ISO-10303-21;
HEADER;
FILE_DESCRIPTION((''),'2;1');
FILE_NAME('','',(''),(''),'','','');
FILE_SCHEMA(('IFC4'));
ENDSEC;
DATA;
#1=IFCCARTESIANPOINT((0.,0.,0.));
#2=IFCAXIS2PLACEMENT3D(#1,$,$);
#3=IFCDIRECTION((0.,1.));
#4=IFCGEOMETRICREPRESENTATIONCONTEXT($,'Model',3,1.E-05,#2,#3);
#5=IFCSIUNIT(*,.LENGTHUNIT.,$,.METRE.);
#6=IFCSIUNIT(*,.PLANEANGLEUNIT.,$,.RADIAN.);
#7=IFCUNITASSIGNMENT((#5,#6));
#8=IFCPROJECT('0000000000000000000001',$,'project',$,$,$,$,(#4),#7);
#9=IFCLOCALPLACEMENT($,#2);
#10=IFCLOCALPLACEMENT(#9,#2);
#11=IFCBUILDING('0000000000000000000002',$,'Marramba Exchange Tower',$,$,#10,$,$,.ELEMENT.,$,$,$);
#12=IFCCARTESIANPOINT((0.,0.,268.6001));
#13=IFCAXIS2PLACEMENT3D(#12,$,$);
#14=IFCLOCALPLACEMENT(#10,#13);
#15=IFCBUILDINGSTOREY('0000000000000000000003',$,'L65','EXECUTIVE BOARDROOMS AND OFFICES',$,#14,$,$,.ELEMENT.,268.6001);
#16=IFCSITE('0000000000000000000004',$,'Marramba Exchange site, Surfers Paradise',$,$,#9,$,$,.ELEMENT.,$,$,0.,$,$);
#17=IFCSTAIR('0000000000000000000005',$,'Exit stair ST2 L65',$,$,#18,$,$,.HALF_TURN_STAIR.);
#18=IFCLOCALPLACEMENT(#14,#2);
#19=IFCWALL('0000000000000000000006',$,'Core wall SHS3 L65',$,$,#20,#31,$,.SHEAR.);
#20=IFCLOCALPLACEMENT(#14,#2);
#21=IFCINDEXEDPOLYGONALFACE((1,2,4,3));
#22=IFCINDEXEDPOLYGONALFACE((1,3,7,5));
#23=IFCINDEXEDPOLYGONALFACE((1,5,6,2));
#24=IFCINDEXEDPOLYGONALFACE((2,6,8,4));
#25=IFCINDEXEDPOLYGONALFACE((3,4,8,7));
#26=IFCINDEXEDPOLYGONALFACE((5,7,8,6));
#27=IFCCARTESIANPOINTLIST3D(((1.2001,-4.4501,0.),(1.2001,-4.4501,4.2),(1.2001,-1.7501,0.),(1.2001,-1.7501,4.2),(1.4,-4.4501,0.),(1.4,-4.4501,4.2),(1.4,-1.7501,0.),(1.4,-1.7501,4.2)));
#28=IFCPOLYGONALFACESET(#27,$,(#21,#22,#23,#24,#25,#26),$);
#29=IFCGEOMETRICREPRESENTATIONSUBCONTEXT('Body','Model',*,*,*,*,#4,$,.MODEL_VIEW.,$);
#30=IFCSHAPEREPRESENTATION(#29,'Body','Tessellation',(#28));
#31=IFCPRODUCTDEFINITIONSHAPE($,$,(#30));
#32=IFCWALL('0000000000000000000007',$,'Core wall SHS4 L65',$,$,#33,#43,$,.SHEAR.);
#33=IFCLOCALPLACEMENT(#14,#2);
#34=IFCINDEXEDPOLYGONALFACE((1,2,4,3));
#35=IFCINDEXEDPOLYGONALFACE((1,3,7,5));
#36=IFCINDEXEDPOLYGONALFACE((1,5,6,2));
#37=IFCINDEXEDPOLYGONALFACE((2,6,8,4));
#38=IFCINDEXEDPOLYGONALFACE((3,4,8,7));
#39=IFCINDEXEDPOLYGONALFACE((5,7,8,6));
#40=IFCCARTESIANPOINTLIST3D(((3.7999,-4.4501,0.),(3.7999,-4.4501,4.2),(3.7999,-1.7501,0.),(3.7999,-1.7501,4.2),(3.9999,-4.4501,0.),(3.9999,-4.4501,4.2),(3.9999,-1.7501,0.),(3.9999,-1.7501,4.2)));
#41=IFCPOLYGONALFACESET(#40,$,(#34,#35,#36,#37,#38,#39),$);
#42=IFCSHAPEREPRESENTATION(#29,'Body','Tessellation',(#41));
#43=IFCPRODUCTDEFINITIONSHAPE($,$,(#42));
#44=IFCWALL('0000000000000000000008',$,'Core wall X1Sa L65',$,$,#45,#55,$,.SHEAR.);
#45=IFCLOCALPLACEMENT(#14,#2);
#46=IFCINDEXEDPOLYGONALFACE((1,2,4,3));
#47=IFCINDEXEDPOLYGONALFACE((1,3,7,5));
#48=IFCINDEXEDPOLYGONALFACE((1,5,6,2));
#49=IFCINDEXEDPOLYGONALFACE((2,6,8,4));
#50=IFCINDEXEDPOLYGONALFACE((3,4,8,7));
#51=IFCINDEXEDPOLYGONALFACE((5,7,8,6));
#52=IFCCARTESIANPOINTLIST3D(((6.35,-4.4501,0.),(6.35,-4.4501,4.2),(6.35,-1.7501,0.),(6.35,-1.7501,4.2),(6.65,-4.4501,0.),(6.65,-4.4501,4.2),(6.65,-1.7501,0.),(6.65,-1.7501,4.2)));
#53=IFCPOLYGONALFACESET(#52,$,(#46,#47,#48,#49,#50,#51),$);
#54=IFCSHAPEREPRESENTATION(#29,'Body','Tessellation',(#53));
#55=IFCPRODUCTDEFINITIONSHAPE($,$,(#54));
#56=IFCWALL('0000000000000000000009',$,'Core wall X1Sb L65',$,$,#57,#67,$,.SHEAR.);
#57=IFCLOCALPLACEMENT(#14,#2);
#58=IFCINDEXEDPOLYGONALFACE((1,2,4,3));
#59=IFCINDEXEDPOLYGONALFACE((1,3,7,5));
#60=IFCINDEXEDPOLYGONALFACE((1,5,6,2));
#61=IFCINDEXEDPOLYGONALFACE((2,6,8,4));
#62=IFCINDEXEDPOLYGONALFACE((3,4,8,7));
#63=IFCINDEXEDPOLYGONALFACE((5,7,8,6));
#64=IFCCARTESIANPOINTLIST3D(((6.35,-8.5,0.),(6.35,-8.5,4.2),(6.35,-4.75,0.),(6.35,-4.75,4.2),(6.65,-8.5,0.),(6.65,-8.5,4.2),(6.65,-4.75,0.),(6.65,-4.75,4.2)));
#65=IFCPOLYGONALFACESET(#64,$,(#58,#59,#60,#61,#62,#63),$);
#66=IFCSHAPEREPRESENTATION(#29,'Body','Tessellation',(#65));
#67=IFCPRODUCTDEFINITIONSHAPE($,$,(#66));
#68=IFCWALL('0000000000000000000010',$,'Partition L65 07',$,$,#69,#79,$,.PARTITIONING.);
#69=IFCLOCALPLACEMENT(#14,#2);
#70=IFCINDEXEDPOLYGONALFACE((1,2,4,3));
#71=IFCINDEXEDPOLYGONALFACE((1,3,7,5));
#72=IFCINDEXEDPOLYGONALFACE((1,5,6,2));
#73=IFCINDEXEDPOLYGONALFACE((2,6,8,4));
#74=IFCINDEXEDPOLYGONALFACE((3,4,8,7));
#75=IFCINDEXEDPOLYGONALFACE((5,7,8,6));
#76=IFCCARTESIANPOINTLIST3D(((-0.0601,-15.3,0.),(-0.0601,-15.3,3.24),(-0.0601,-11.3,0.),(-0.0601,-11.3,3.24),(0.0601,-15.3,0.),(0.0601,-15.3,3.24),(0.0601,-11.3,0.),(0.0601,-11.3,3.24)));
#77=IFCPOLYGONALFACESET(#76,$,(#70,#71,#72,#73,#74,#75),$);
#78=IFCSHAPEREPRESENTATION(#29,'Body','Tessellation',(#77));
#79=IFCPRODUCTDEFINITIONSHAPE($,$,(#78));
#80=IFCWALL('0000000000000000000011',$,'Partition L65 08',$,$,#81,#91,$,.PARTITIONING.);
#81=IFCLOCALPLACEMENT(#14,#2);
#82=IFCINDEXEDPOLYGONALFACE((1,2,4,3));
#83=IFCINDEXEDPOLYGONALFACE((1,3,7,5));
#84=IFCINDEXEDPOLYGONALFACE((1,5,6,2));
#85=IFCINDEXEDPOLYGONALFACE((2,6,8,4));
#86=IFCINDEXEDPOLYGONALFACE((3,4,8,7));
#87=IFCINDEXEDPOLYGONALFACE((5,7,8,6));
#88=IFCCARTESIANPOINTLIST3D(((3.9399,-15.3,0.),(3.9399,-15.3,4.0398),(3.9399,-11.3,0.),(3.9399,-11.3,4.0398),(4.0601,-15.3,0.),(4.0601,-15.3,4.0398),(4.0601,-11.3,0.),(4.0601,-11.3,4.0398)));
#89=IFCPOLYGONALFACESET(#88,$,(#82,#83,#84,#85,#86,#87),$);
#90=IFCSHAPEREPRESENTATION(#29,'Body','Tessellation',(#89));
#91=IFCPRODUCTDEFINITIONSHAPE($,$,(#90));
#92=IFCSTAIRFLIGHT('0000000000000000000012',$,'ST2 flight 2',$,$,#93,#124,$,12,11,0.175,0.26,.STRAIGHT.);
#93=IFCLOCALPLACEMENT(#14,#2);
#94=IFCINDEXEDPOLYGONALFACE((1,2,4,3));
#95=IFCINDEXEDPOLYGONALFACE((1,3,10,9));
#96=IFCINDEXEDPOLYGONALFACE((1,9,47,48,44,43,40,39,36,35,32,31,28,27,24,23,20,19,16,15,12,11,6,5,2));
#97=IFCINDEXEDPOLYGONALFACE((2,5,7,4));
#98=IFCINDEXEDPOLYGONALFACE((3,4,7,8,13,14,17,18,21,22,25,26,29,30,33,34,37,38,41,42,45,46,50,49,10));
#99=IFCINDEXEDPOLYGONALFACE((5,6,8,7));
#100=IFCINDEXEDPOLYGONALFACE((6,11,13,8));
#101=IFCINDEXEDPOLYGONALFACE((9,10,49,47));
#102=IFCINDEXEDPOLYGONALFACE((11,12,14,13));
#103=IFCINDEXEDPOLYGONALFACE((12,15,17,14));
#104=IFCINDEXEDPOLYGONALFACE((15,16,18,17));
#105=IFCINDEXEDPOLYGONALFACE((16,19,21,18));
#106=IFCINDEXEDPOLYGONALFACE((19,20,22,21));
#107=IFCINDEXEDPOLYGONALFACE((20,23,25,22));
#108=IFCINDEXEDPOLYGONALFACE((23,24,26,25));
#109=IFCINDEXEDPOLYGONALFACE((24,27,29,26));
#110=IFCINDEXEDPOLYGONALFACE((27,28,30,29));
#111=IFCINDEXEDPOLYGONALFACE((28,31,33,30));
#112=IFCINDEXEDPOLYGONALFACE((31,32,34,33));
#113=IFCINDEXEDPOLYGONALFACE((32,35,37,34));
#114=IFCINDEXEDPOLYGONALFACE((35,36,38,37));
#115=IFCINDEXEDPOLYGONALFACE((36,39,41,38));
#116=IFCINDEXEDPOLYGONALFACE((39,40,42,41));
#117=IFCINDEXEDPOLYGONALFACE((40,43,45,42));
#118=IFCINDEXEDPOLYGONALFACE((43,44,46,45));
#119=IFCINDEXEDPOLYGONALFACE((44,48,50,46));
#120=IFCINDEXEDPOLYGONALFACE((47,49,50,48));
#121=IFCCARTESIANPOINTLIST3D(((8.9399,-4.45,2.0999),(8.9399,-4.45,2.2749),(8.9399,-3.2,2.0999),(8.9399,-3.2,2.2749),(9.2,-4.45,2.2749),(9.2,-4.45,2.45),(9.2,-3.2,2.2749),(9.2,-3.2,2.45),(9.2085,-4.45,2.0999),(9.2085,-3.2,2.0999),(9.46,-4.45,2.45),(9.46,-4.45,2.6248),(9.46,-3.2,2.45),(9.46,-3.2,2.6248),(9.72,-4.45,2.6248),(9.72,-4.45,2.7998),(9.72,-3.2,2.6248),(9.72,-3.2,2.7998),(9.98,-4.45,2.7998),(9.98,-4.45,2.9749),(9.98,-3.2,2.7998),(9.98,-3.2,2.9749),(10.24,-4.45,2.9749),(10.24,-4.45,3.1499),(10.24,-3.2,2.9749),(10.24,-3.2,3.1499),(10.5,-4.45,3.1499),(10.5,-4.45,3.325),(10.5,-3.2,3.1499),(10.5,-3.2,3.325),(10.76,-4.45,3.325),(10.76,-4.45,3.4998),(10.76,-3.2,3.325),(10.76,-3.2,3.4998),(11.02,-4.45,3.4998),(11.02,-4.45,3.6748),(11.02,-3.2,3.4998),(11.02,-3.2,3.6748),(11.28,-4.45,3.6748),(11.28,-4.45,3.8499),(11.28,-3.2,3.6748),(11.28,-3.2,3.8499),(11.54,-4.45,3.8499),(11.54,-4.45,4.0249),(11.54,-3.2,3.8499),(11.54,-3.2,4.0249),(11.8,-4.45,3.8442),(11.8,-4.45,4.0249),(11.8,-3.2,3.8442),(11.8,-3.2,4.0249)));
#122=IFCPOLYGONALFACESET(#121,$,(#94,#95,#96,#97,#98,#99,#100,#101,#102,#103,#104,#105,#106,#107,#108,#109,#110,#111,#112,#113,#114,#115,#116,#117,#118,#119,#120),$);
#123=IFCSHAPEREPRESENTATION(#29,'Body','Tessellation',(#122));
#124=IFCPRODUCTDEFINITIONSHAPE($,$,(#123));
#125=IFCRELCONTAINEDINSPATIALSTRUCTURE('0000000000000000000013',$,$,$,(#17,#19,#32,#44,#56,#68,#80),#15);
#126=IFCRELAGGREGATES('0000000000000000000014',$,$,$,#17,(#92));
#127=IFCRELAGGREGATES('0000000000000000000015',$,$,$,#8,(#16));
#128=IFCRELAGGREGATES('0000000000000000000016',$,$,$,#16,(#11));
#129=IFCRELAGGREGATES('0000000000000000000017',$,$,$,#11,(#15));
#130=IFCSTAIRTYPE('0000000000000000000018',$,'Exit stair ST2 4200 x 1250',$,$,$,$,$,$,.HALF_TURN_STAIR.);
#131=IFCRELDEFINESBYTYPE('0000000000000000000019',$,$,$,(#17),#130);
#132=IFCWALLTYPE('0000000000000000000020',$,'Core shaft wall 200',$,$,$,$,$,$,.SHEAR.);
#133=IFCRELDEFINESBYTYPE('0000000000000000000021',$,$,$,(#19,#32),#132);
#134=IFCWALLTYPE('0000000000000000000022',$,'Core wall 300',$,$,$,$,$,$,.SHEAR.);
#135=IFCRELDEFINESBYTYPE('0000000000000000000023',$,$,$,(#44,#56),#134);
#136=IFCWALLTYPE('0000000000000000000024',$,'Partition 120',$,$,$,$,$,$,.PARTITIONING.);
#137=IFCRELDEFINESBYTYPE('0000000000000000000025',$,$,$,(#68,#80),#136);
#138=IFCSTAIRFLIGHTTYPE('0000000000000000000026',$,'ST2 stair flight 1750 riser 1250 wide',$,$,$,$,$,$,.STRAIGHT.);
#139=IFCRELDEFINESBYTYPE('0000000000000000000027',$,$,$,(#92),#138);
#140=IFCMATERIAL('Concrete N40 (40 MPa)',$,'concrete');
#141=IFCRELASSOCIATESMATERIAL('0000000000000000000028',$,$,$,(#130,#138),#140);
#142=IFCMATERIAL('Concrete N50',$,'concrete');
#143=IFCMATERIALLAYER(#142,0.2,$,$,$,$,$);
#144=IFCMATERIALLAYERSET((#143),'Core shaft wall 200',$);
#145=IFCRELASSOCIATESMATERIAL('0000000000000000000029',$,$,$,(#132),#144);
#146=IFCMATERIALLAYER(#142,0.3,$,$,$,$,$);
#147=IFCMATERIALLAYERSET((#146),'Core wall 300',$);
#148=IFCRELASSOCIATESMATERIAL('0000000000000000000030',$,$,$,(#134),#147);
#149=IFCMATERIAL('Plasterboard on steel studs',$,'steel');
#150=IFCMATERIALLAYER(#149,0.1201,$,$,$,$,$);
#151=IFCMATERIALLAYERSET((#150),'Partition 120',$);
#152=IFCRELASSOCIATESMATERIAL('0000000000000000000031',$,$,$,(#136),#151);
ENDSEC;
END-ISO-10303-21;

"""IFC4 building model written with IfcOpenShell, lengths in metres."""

from ifc_helpers import new_model, si_unit, direction, frame, frame_2d, origin, place, context, subcontext, project, spatial, polyline, rectangle, outline, extrude, material, layer, layer_set, type_object, element, aggregate, save


model = new_model("IFC4")

# Units and contexts
model_context = context("Model", 3, precision=1e-05, world=origin(), true_north=direction((0.0, 1.0)))
body_context = subcontext(model_context, "Body", "Model", "MODEL_VIEW")
ifc_project = project(units=[si_unit("LENGTHUNIT", "METRE"), si_unit("PLANEANGLEUNIT", "RADIAN")], contexts=[model_context])

# Site, building, storey
site_placement = place(None, origin())
site = spatial("IfcSite", under=ifc_project, at=site_placement, Name="Marramba Exchange site, Surfers Paradise", CompositionType="ELEMENT", RefElevation=0.0)
building_placement = place(site_placement, origin())
building = spatial("IfcBuilding", under=site, at=building_placement, Name="Marramba Exchange Tower", CompositionType="ELEMENT")
storey_placement = place(building_placement, frame((0.0, 0.0, 268.6001)))
storey = spatial("IfcBuildingStorey", under=building, at=storey_placement, Name="L65", Description="EXECUTIVE BOARDROOMS AND OFFICES", CompositionType="ELEMENT", Elevation=268.6001)

# Stair
ifc_material_1 = material(Name="Concrete N40 (40 MPa)", Category="concrete")
stair_type_1 = type_object("IfcStairType", Name="Exit stair ST2 4200 x 1250", PredefinedType="HALF_TURN_STAIR", material=ifc_material_1)
stair_1_placement = place(storey_placement, origin())
stair_1 = element("IfcStair", 1, at=stair_1_placement, inside=storey, type_object=stair_type_1, Name="Exit stair ST2 L65", PredefinedType="HALF_TURN_STAIR")

# Walls
ifc_material_2 = material(Name="Concrete N50", Category="concrete")
ifc_layer_1 = layer(ifc_material_2, 0.2)
ifc_layer_set_1 = layer_set([ifc_layer_1], Name="Core shaft wall 200")
wall_type_1 = type_object("IfcWallType", Name="Core shaft wall 200", PredefinedType="SHEAR", material=ifc_layer_set_1)
for number, where, z_axis, x_axis, name in (
    (2, (1.3, -1.75, 0.0), (0.0, 0.0, 1.0), (0.0, -1.0, 0.0), "Core wall SHS3 L65"),
    (3, (3.8999, -1.75, 0.0), (0.0, 0.0, 1.0), (0.0, -1.0, 0.0), "Core wall SHS4 L65"),
):
    element("IfcWall", number, at=place(storey_placement, frame(where, z_axis=z_axis, x_axis=x_axis)), inside=storey, type_object=wall_type_1, Name=name, PredefinedType="SHEAR", context=body_context, shape_type="SweptSolid", body=[
        extrude(rectangle(XDim=2.7, YDim=0.2, at=frame_2d((1.3501, 0.0))), origin(), (0.0, 0.0, 1.0), 4.2),
    ])
ifc_layer_2 = layer(ifc_material_2, 0.3)
ifc_layer_set_2 = layer_set([ifc_layer_2], Name="Core wall 300")
wall_type_2 = type_object("IfcWallType", Name="Core wall 300", PredefinedType="SHEAR", material=ifc_layer_set_2)
wall_1_placement = place(storey_placement, frame((6.5, -1.75, 0.0), z_axis=(0.0, 0.0, 1.0), x_axis=(0.0, -1.0, 0.0)))
element("IfcWall", 4, at=wall_1_placement, inside=storey, type_object=wall_type_2, Name="Core wall X1Sa L65", PredefinedType="SHEAR", context=body_context, shape_type="SweptSolid", body=[
    extrude(rectangle(XDim=2.7, YDim=0.3, at=frame_2d((1.3501, 0.0))), origin(), (0.0, 0.0, 1.0), 4.2),
])
wall_2_placement = place(storey_placement, frame((6.5, -4.75, 0.0), z_axis=(0.0, 0.0, 1.0), x_axis=(0.0, -1.0, 0.0)))
element("IfcWall", 5, at=wall_2_placement, inside=storey, type_object=wall_type_2, Name="Core wall X1Sb L65", PredefinedType="SHEAR", context=body_context, shape_type="SweptSolid", body=[
    extrude(rectangle(XDim=3.75, YDim=0.3, at=frame_2d((1.875, 0.0))), origin(), (0.0, 0.0, 1.0), 4.2),
])
ifc_material_3 = material(Name="Plasterboard on steel studs", Category="steel")
ifc_layer_3 = layer(ifc_material_3, 0.1201)
ifc_layer_set_3 = layer_set([ifc_layer_3], Name="Partition 120")
wall_type_3 = type_object("IfcWallType", Name="Partition 120", PredefinedType="PARTITIONING", material=ifc_layer_set_3)
wall_3_placement = place(storey_placement, frame((0.0, -11.3, 0.0), z_axis=(0.0, 0.0, 1.0), x_axis=(0.0, -1.0, 0.0)))
element("IfcWall", 6, at=wall_3_placement, inside=storey, type_object=wall_type_3, Name="Partition L65 07", PredefinedType="PARTITIONING", context=body_context, shape_type="SweptSolid", body=[
    extrude(rectangle(XDim=4.0, YDim=0.1201, at=frame_2d((2.0, 0.0))), origin(), (0.0, 0.0, 1.0), 3.24),
])
wall_4_placement = place(storey_placement, frame((4.0, -11.3, 0.0), z_axis=(0.0, 0.0, 1.0), x_axis=(0.0, -1.0, 0.0)))
element("IfcWall", 7, at=wall_4_placement, inside=storey, type_object=wall_type_3, Name="Partition L65 08", PredefinedType="PARTITIONING", context=body_context, shape_type="SweptSolid", body=[
    extrude(rectangle(XDim=4.0, YDim=0.1201, at=frame_2d((2.0, 0.0))), origin(), (0.0, 0.0, 1.0), 4.0398),
])

# Stair flight
stair_flight_type = type_object("IfcStairFlightType", Name="ST2 stair flight 1750 riser 1250 wide", PredefinedType="STRAIGHT", material=ifc_material_1)
stair_flight_placement = place(storey_placement, frame((8.9399, -3.825, 2.0999), z_axis=(0.0, 0.0, 1.0), x_axis=(1.0, 0.0, 0.0)))
stair_flight = element("IfcStairFlight", 8, at=stair_flight_placement, type_object=stair_flight_type, Name="ST2 flight 2", NumberOfRisers=12, NumberOfTreads=11, PredefinedType="STRAIGHT", RiserHeight=0.175, TreadLength=0.26, context=body_context, shape_type="SweptSolid", body=[
    extrude(outline(polyline([(0.0, 0.0), (0.0, 0.175), (0.26, 0.175), (0.26, 0.3501), (0.52, 0.3501), (0.52, 0.5249), (0.78, 0.5249), (0.78, 0.7), (1.04, 0.7), (1.04, 0.875), (1.3, 0.875), (1.3, 1.05), (1.5601, 1.05), (1.5601, 1.2251), (1.8201, 1.2251), (1.8201, 1.3999), (2.0801, 1.3999), (2.0801, 1.575), (2.3401, 1.575), (2.3401, 1.75), (2.6001, 1.75), (2.6001, 1.925), (2.8601, 1.925), (2.8601, 2.1001), (2.8601, 1.7444), (0.2686, 0.0), (0.0, 0.0)])), frame((0.0, 0.625, 0.0), z_axis=(0.0, -1.0, 0.0), x_axis=(1.0, 0.0, 0.0)), (0.0, 0.0, 1.0), 1.25),
])
aggregate(stair_1, [stair_flight])

save(model, "model.ifc")
